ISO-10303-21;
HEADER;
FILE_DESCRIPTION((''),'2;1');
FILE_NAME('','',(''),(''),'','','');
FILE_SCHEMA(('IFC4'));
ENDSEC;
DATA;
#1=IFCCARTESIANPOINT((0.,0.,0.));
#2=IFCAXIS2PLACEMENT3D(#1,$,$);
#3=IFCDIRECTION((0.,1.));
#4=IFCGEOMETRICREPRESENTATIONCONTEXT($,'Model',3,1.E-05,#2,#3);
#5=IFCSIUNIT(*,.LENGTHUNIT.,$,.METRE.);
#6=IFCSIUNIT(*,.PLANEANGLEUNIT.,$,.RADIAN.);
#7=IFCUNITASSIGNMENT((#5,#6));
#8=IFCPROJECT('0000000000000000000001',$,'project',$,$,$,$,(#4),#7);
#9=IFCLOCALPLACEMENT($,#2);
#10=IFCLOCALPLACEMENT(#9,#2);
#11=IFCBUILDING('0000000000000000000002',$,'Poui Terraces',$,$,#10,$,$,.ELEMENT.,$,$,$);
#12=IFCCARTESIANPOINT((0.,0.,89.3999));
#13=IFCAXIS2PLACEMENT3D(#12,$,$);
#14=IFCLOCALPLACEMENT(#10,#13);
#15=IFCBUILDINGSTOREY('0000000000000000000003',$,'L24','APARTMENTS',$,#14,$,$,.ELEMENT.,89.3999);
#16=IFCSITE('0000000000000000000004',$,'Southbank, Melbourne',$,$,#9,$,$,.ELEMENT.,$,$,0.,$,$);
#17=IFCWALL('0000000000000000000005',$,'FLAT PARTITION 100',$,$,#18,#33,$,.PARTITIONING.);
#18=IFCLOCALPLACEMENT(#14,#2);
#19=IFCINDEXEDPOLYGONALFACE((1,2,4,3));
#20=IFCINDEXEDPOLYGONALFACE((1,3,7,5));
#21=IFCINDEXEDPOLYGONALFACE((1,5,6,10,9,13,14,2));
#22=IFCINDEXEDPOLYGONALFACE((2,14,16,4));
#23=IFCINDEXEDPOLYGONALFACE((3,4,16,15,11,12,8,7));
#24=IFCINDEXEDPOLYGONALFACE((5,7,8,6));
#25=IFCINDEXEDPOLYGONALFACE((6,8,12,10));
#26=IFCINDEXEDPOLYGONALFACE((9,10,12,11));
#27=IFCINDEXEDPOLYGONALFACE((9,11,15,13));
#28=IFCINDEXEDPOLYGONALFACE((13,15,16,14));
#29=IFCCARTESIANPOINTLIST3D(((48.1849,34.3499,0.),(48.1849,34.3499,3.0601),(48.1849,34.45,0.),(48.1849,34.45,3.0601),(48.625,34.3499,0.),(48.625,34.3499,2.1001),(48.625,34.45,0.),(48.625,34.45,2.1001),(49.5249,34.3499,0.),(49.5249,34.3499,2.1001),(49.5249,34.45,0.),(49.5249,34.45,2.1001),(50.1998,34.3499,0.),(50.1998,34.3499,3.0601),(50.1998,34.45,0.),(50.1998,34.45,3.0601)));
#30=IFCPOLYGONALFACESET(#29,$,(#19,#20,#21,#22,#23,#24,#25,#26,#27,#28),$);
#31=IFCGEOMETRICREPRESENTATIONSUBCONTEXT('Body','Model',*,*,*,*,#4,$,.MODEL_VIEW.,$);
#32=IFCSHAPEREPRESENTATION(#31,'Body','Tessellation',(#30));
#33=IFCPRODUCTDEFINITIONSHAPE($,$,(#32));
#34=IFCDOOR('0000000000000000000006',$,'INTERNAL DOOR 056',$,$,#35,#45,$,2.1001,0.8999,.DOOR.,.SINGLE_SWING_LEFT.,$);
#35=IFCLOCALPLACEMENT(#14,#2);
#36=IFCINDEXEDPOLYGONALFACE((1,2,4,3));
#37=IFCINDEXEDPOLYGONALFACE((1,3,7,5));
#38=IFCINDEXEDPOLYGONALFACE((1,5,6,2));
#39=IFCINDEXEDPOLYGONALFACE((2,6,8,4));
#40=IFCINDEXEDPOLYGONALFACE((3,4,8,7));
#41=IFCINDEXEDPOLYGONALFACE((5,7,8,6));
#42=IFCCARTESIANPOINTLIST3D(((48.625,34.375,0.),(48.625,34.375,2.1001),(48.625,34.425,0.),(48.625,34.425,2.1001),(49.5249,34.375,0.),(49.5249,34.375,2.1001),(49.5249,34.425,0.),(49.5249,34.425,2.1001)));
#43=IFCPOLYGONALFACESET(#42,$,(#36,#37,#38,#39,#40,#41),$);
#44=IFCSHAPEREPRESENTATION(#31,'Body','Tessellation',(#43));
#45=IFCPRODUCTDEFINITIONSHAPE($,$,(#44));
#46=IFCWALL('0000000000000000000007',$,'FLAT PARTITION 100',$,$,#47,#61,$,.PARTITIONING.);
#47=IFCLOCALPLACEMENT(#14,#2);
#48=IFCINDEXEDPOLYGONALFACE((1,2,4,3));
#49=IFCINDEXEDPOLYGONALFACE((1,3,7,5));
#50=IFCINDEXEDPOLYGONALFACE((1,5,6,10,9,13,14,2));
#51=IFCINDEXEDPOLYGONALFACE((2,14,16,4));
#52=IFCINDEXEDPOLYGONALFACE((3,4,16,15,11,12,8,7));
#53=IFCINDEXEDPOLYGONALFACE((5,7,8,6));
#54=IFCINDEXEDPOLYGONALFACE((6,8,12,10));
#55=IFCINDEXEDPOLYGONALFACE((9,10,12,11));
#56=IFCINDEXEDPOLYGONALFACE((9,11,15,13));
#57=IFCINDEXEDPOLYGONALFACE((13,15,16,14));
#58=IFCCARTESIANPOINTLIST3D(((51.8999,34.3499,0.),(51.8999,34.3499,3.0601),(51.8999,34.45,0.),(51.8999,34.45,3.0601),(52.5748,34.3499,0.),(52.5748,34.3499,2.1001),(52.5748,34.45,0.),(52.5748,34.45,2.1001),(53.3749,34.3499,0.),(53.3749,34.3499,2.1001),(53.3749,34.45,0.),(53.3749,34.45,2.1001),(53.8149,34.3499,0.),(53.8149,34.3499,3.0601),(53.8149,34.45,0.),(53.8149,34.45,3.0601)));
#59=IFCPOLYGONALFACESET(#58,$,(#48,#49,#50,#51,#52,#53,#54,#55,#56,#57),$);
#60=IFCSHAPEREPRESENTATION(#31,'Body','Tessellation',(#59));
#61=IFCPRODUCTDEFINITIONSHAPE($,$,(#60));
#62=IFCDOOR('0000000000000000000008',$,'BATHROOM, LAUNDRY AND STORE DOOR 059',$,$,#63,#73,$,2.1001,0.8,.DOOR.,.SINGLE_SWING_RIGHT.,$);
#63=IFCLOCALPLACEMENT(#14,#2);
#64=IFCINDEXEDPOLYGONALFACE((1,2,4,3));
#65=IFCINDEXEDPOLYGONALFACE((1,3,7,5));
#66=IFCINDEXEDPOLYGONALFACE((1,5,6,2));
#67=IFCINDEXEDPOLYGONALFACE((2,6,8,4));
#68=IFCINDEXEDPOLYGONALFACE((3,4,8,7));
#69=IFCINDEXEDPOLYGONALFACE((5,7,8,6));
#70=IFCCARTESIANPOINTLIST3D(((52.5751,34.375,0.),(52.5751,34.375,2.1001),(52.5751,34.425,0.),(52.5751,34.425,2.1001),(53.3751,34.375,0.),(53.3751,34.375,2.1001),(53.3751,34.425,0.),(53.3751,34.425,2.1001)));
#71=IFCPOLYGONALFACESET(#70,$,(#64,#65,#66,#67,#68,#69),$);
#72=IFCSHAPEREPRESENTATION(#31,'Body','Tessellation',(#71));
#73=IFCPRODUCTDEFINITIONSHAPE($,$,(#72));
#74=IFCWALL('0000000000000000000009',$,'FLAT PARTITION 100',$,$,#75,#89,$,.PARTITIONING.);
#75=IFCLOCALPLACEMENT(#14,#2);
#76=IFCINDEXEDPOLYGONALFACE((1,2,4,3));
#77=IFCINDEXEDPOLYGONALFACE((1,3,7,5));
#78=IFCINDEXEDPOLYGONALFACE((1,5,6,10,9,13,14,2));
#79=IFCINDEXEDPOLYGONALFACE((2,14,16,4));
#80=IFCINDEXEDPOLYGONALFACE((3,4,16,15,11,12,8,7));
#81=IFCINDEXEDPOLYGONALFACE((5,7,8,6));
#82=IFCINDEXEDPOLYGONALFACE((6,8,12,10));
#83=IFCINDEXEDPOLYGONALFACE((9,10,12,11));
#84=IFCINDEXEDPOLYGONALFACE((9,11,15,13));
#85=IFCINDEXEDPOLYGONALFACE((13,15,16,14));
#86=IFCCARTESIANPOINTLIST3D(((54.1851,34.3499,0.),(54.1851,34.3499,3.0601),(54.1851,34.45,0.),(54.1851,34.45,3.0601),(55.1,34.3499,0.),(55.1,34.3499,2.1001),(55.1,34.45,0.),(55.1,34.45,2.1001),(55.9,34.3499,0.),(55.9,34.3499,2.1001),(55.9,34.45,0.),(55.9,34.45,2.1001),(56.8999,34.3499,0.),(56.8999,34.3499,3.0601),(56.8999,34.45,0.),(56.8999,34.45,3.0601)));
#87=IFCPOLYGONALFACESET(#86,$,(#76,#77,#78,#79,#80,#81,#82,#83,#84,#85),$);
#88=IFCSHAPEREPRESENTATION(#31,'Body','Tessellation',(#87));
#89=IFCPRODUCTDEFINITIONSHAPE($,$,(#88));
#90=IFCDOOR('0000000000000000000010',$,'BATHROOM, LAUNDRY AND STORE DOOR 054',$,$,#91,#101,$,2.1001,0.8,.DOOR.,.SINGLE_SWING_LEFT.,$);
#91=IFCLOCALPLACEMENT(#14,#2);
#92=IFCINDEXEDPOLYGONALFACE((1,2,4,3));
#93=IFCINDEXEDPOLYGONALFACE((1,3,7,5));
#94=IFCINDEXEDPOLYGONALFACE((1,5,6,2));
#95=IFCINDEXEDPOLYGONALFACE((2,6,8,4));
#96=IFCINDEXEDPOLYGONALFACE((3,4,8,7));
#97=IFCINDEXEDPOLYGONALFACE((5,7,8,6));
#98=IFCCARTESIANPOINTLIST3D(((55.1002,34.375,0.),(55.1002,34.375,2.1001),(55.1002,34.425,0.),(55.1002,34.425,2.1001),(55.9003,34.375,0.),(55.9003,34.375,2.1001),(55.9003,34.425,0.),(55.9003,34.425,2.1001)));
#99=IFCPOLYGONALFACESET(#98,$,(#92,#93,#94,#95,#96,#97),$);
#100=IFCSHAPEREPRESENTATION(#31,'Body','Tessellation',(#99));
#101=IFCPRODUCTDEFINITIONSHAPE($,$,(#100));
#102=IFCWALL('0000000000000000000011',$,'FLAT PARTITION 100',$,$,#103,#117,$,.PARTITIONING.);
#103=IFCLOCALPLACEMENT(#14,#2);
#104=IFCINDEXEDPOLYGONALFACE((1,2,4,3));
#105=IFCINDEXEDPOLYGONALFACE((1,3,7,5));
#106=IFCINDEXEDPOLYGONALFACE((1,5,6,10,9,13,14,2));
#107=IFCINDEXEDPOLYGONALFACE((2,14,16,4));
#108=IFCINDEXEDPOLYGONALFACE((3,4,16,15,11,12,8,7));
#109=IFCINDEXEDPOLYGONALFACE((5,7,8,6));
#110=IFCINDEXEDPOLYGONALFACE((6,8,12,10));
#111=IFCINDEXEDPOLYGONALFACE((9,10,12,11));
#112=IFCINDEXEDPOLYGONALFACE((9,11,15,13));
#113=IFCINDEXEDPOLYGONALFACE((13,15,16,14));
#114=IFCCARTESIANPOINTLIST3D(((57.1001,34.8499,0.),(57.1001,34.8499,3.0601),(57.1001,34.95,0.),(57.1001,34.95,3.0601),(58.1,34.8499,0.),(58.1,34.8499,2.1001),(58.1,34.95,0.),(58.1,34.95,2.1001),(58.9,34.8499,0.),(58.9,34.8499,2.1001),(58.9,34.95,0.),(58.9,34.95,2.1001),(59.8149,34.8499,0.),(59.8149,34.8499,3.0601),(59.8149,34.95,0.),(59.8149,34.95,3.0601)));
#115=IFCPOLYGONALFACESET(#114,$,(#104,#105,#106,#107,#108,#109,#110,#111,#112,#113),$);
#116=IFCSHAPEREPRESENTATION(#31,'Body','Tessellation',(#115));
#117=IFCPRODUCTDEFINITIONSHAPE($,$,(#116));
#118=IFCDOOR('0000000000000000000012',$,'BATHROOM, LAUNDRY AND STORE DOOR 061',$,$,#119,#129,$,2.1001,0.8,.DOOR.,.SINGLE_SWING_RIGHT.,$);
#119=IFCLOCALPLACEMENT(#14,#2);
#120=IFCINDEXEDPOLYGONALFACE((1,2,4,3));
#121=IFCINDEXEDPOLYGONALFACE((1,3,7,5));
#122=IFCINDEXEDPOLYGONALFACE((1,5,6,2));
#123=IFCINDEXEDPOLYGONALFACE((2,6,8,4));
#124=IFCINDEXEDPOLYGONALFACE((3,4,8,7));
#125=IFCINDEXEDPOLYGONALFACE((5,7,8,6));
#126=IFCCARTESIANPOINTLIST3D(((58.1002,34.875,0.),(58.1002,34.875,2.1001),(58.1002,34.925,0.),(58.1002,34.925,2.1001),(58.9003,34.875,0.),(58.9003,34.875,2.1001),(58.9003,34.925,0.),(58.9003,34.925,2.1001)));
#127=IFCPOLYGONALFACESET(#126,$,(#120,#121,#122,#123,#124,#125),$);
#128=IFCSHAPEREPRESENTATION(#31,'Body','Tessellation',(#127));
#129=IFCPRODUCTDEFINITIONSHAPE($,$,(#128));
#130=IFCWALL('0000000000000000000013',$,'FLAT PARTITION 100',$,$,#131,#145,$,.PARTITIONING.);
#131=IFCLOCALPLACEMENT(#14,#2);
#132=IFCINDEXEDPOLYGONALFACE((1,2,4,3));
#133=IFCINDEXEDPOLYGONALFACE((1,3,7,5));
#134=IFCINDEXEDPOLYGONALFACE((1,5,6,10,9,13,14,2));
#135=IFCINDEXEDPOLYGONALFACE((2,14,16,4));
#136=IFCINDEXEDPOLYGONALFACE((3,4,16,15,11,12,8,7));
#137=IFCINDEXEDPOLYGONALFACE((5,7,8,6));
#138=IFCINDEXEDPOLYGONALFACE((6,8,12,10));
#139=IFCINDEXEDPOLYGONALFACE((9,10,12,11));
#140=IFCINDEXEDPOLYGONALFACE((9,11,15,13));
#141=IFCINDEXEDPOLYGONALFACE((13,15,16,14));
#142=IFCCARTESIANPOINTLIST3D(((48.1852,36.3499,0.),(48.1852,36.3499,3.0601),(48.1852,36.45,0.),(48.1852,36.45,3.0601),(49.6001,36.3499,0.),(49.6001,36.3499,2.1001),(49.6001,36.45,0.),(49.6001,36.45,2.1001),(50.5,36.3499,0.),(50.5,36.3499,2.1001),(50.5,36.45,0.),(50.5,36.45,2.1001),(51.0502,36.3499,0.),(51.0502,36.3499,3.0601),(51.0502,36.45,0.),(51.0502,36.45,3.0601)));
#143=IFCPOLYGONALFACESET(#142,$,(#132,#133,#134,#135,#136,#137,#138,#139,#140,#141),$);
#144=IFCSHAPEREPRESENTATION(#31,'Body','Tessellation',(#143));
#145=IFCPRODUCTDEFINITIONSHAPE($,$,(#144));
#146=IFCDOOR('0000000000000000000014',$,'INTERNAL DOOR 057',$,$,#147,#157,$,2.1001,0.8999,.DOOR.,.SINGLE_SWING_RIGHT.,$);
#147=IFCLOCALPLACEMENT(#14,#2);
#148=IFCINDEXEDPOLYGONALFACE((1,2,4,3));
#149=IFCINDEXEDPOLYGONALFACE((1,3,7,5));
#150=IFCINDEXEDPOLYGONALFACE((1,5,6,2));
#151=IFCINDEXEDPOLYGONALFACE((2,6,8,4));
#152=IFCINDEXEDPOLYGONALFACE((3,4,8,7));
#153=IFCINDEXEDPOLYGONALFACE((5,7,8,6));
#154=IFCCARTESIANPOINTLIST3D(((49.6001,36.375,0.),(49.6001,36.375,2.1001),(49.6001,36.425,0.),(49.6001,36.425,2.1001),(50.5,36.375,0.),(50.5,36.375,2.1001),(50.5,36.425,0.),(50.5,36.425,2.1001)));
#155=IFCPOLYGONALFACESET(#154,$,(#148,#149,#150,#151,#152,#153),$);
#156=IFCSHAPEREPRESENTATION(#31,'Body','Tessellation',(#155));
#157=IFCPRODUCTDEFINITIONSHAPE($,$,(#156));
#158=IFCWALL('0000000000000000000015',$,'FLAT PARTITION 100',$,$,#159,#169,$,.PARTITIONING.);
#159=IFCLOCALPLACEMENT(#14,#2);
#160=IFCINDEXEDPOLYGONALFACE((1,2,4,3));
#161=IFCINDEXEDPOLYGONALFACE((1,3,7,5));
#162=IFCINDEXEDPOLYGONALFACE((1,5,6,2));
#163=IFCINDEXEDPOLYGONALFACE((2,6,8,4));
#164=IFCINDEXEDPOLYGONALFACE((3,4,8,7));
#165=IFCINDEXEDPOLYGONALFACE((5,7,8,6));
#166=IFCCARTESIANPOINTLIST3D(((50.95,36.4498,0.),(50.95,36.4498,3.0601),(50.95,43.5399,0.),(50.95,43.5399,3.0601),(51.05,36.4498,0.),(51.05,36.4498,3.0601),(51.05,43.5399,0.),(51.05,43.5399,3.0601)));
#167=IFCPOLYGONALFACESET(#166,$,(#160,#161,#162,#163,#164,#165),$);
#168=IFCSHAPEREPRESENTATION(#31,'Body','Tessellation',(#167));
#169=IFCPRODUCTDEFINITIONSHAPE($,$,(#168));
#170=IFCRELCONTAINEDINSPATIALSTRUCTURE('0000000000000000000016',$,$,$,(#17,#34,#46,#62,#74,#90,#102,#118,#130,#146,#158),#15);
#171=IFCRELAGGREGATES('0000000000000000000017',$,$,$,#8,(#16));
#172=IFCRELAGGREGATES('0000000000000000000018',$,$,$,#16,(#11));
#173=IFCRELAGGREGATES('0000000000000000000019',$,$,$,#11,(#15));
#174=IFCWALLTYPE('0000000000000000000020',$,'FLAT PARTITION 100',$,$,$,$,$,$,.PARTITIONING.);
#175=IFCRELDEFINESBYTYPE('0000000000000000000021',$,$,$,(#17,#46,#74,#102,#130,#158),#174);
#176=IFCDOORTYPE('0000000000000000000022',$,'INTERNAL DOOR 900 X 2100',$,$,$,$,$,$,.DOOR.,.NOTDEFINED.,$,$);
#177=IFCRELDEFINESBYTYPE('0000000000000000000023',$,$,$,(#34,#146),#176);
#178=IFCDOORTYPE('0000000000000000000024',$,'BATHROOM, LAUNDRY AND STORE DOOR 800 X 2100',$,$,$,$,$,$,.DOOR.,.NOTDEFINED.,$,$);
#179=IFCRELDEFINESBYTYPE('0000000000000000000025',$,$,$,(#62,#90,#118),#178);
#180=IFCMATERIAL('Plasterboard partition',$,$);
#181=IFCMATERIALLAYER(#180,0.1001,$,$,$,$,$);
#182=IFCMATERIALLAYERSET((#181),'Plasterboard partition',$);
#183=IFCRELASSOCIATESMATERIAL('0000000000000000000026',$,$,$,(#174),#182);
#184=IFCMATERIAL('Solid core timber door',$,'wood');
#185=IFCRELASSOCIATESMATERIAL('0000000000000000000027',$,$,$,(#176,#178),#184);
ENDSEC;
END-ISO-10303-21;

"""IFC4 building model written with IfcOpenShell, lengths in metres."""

from ifc_helpers import new_model, si_unit, direction, frame, frame_2d, origin, place, context, subcontext, project, spatial, rectangle, extrude, material, layer, layer_set, type_object, element, fill, save


model = new_model("IFC4")

# Units and contexts
model_context = context("Model", 3, precision=1e-05, world=origin(), true_north=direction((0.0, 1.0)))
body_context = subcontext(model_context, "Body", "Model", "MODEL_VIEW")
ifc_project = project(units=[si_unit("LENGTHUNIT", "METRE"), si_unit("PLANEANGLEUNIT", "RADIAN")], contexts=[model_context])

# Site, building, storey
site_placement = place(None, origin())
site = spatial("IfcSite", under=ifc_project, at=site_placement, Name="Southbank, Melbourne", CompositionType="ELEMENT", RefElevation=0.0)
building_placement = place(site_placement, origin())
building = spatial("IfcBuilding", under=site, at=building_placement, Name="Poui Terraces", CompositionType="ELEMENT")
storey_placement = place(building_placement, frame((0.0, 0.0, 89.3999)))
storey = spatial("IfcBuildingStorey", under=building, at=storey_placement, Name="L24", Description="APARTMENTS", CompositionType="ELEMENT", Elevation=89.3999)

# Walls, openings, doors
ifc_material_1 = material(Name="Plasterboard partition")
ifc_layer_1 = layer(ifc_material_1, 0.1001)
ifc_layer_set_1 = layer_set([ifc_layer_1], Name="Plasterboard partition")
wall_type_1 = type_object("IfcWallType", Name="FLAT PARTITION 100", PredefinedType="PARTITIONING", material=ifc_layer_set_1)
wall_1_placement = place(storey_placement, frame((48.1851, 34.3999, 0.0), z_axis=(0.0, 0.0, 1.0), x_axis=(1.0, 0.0, 0.0)))
wall_1 = element("IfcWall", 1, at=wall_1_placement, inside=storey, type_object=wall_type_1, Name="FLAT PARTITION 100", PredefinedType="PARTITIONING", context=body_context, shape_type="SweptSolid", body=[
    extrude(rectangle(XDim=2.0149, YDim=0.1001, at=frame_2d((1.0073, 0.0))), origin(), (0.0, 0.0, 1.0), 3.0601),
])
opening_1_placement = place(wall_1_placement, frame((0.4399, 0.0, 0.0)))
opening_1 = element("IfcOpeningElement", 2, at=opening_1_placement, cuts=wall_1, PredefinedType="OPENING", context=body_context, shape_type="SweptSolid", body=[
    extrude(rectangle(XDim=0.8999, YDim=2.1001, at=frame_2d((0.45, 1.05))), frame((0.0, 0.0601, 0.0), z_axis=(0.0, -1.0, 0.0), x_axis=(1.0, 0.0, 0.0)), (0.0, 0.0, 1.0), 0.1201),
])
ifc_material_2 = material(Name="Solid core timber door", Category="wood")
door_type_1 = type_object("IfcDoorType", Name="INTERNAL DOOR 900 X 2100", OperationType="NOTDEFINED", PredefinedType="DOOR", material=ifc_material_2)
door_1_placement = place(opening_1_placement, frame((0.8999, 0.0, 0.0), z_axis=(0.0, 0.0, 1.0), x_axis=(-1.0, 0.0, 0.0)))
door_1 = element("IfcDoor", 3, at=door_1_placement, inside=storey, type_object=door_type_1, Name="INTERNAL DOOR 056", OperationType="SINGLE_SWING_LEFT", OverallHeight=2.1001, OverallWidth=0.8999, PredefinedType="DOOR", context=body_context, shape_type="SweptSolid", body=[
    extrude(rectangle(XDim=0.8999, YDim=2.1001, at=frame_2d((0.45, 1.05))), frame((0.0, 0.0249, 0.0), z_axis=(0.0, -1.0, 0.0), x_axis=(1.0, 0.0, 0.0)), (0.0, 0.0, 1.0), 0.05),
])
fill(opening_1, door_1)
wall_2_placement = place(storey_placement, frame((51.8999, 34.3999, 0.0), z_axis=(0.0, 0.0, 1.0), x_axis=(1.0, 0.0, 0.0)))
wall_2 = element("IfcWall", 4, at=wall_2_placement, inside=storey, type_object=wall_type_1, Name="FLAT PARTITION 100", PredefinedType="PARTITIONING", context=body_context, shape_type="SweptSolid", body=[
    extrude(rectangle(XDim=1.915, YDim=0.1001, at=frame_2d((0.9575, 0.0))), origin(), (0.0, 0.0, 1.0), 3.0601),
])
opening_2_placement = place(wall_2_placement, frame((0.675, 0.0, 0.0)))
opening_2 = element("IfcOpeningElement", 5, at=opening_2_placement, cuts=wall_2, PredefinedType="OPENING", context=body_context, shape_type="SweptSolid", body=[
    extrude(rectangle(XDim=0.8, YDim=2.1001, at=frame_2d((0.3999, 1.05))), frame((0.0, 0.0601, 0.0), z_axis=(0.0, -1.0, 0.0), x_axis=(1.0, 0.0, 0.0)), (0.0, 0.0, 1.0), 0.1201),
])
door_type_2 = type_object("IfcDoorType", Name="BATHROOM, LAUNDRY AND STORE DOOR 800 X 2100", OperationType="NOTDEFINED", PredefinedType="DOOR", material=ifc_material_2)
door_2_placement = place(opening_2_placement, frame((0.8, 0.0, 0.0), z_axis=(0.0, 0.0, 1.0), x_axis=(-1.0, 0.0, 0.0)))
door_2 = element("IfcDoor", 6, at=door_2_placement, inside=storey, type_object=door_type_2, Name="BATHROOM, LAUNDRY AND STORE DOOR 059", OperationType="SINGLE_SWING_RIGHT", OverallHeight=2.1001, OverallWidth=0.8, PredefinedType="DOOR", context=body_context, shape_type="SweptSolid", body=[
    extrude(rectangle(XDim=0.8, YDim=2.1001, at=frame_2d((0.3999, 1.05))), frame((0.0, 0.0249, 0.0), z_axis=(0.0, -1.0, 0.0), x_axis=(1.0, 0.0, 0.0)), (0.0, 0.0, 1.0), 0.05),
])
fill(opening_2, door_2)
wall_3_placement = place(storey_placement, frame((54.1851, 34.3999, 0.0), z_axis=(0.0, 0.0, 1.0), x_axis=(1.0, 0.0, 0.0)))
wall_3 = element("IfcWall", 7, at=wall_3_placement, inside=storey, type_object=wall_type_1, Name="FLAT PARTITION 100", PredefinedType="PARTITIONING", context=body_context, shape_type="SweptSolid", body=[
    extrude(rectangle(XDim=2.7148, YDim=0.1001, at=frame_2d((1.3574, 0.0))), origin(), (0.0, 0.0, 1.0), 3.0601),
])
opening_3_placement = place(wall_3_placement, frame((0.915, 0.0, 0.0)))
opening_3 = element("IfcOpeningElement", 8, at=opening_3_placement, cuts=wall_3, PredefinedType="OPENING", context=body_context, shape_type="SweptSolid", body=[
    extrude(rectangle(XDim=0.8, YDim=2.1001, at=frame_2d((0.3999, 1.05))), frame((0.0, 0.0601, 0.0), z_axis=(0.0, -1.0, 0.0), x_axis=(1.0, 0.0, 0.0)), (0.0, 0.0, 1.0), 0.1201),
])
door_3_placement = place(opening_3_placement, frame((0.8, 0.0, 0.0), z_axis=(0.0, 0.0, 1.0), x_axis=(-1.0, 0.0, 0.0)))
door_3 = element("IfcDoor", 9, at=door_3_placement, inside=storey, type_object=door_type_2, Name="BATHROOM, LAUNDRY AND STORE DOOR 054", OperationType="SINGLE_SWING_LEFT", OverallHeight=2.1001, OverallWidth=0.8, PredefinedType="DOOR", context=body_context, shape_type="SweptSolid", body=[
    extrude(rectangle(XDim=0.8, YDim=2.1001, at=frame_2d((0.3999, 1.05))), frame((0.0, 0.0249, 0.0), z_axis=(0.0, -1.0, 0.0), x_axis=(1.0, 0.0, 0.0)), (0.0, 0.0, 1.0), 0.05),
])
fill(opening_3, door_3)
wall_4_placement = place(storey_placement, frame((57.1001, 34.8999, 0.0), z_axis=(0.0, 0.0, 1.0), x_axis=(1.0, 0.0, 0.0)))
wall_4 = element("IfcWall", 10, at=wall_4_placement, inside=storey, type_object=wall_type_1, Name="FLAT PARTITION 100", PredefinedType="PARTITIONING", context=body_context, shape_type="SweptSolid", body=[
    extrude(rectangle(XDim=2.7148, YDim=0.1001, at=frame_2d((1.3574, 0.0))), origin(), (0.0, 0.0, 1.0), 3.0601),
])
opening_4_placement = place(wall_4_placement, frame((1.0, 0.0, 0.0)))
opening_4 = element("IfcOpeningElement", 11, at=opening_4_placement, cuts=wall_4, PredefinedType="OPENING", context=body_context, shape_type="SweptSolid", body=[
    extrude(rectangle(XDim=0.8, YDim=2.1001, at=frame_2d((0.3999, 1.05))), frame((0.0, 0.0601, 0.0), z_axis=(0.0, -1.0, 0.0), x_axis=(1.0, 0.0, 0.0)), (0.0, 0.0, 1.0), 0.1201),
])
door_4_placement = place(opening_4_placement, frame((0.8, 0.0, 0.0), z_axis=(0.0, 0.0, 1.0), x_axis=(-1.0, 0.0, 0.0)))
door_4 = element("IfcDoor", 12, at=door_4_placement, inside=storey, type_object=door_type_2, Name="BATHROOM, LAUNDRY AND STORE DOOR 061", OperationType="SINGLE_SWING_RIGHT", OverallHeight=2.1001, OverallWidth=0.8, PredefinedType="DOOR", context=body_context, shape_type="SweptSolid", body=[
    extrude(rectangle(XDim=0.8, YDim=2.1001, at=frame_2d((0.3999, 1.05))), frame((0.0, 0.0249, 0.0), z_axis=(0.0, -1.0, 0.0), x_axis=(1.0, 0.0, 0.0)), (0.0, 0.0, 1.0), 0.05),
])
fill(opening_4, door_4)
wall_5_placement = place(storey_placement, frame((48.1851, 36.3999, 0.0), z_axis=(0.0, 0.0, 1.0), x_axis=(1.0, 0.0, 0.0)))
wall_5 = element("IfcWall", 13, at=wall_5_placement, inside=storey, type_object=wall_type_1, Name="FLAT PARTITION 100", PredefinedType="PARTITIONING", context=body_context, shape_type="SweptSolid", body=[
    extrude(rectangle(XDim=2.865, YDim=0.1001, at=frame_2d((1.4326, 0.0))), origin(), (0.0, 0.0, 1.0), 3.0601),
])
opening_5_placement = place(wall_5_placement, frame((1.415, 0.0, 0.0)))
opening_5 = element("IfcOpeningElement", 14, at=opening_5_placement, cuts=wall_5, PredefinedType="OPENING", context=body_context, shape_type="SweptSolid", body=[
    extrude(rectangle(XDim=0.8999, YDim=2.1001, at=frame_2d((0.45, 1.05))), frame((0.0, 0.0601, 0.0), z_axis=(0.0, -1.0, 0.0), x_axis=(1.0, 0.0, 0.0)), (0.0, 0.0, 1.0), 0.1201),
])
door_5_placement = place(opening_5_placement, frame((0.8999, 0.0, 0.0), z_axis=(0.0, 0.0, 1.0), x_axis=(-1.0, 0.0, 0.0)))
door_5 = element("IfcDoor", 15, at=door_5_placement, inside=storey, type_object=door_type_1, Name="INTERNAL DOOR 057", OperationType="SINGLE_SWING_RIGHT", OverallHeight=2.1001, OverallWidth=0.8999, PredefinedType="DOOR", context=body_context, shape_type="SweptSolid", body=[
    extrude(rectangle(XDim=0.8999, YDim=2.1001, at=frame_2d((0.45, 1.05))), frame((0.0, 0.0249, 0.0), z_axis=(0.0, -1.0, 0.0), x_axis=(1.0, 0.0, 0.0)), (0.0, 0.0, 1.0), 0.05),
])
fill(opening_5, door_5)

# Wall
wall_6_placement = place(storey_placement, frame((51.0, 36.45, 0.0), z_axis=(0.0, 0.0, 1.0), x_axis=(0.0, 1.0, 0.0)))
element("IfcWall", 16, at=wall_6_placement, inside=storey, type_object=wall_type_1, Name="FLAT PARTITION 100", PredefinedType="PARTITIONING", context=body_context, shape_type="SweptSolid", body=[
    extrude(rectangle(XDim=7.0901, YDim=0.1001, at=frame_2d((3.5449, 0.0))), origin(), (0.0, 0.0, 1.0), 3.0601),
])

save(model, "model.ifc")
